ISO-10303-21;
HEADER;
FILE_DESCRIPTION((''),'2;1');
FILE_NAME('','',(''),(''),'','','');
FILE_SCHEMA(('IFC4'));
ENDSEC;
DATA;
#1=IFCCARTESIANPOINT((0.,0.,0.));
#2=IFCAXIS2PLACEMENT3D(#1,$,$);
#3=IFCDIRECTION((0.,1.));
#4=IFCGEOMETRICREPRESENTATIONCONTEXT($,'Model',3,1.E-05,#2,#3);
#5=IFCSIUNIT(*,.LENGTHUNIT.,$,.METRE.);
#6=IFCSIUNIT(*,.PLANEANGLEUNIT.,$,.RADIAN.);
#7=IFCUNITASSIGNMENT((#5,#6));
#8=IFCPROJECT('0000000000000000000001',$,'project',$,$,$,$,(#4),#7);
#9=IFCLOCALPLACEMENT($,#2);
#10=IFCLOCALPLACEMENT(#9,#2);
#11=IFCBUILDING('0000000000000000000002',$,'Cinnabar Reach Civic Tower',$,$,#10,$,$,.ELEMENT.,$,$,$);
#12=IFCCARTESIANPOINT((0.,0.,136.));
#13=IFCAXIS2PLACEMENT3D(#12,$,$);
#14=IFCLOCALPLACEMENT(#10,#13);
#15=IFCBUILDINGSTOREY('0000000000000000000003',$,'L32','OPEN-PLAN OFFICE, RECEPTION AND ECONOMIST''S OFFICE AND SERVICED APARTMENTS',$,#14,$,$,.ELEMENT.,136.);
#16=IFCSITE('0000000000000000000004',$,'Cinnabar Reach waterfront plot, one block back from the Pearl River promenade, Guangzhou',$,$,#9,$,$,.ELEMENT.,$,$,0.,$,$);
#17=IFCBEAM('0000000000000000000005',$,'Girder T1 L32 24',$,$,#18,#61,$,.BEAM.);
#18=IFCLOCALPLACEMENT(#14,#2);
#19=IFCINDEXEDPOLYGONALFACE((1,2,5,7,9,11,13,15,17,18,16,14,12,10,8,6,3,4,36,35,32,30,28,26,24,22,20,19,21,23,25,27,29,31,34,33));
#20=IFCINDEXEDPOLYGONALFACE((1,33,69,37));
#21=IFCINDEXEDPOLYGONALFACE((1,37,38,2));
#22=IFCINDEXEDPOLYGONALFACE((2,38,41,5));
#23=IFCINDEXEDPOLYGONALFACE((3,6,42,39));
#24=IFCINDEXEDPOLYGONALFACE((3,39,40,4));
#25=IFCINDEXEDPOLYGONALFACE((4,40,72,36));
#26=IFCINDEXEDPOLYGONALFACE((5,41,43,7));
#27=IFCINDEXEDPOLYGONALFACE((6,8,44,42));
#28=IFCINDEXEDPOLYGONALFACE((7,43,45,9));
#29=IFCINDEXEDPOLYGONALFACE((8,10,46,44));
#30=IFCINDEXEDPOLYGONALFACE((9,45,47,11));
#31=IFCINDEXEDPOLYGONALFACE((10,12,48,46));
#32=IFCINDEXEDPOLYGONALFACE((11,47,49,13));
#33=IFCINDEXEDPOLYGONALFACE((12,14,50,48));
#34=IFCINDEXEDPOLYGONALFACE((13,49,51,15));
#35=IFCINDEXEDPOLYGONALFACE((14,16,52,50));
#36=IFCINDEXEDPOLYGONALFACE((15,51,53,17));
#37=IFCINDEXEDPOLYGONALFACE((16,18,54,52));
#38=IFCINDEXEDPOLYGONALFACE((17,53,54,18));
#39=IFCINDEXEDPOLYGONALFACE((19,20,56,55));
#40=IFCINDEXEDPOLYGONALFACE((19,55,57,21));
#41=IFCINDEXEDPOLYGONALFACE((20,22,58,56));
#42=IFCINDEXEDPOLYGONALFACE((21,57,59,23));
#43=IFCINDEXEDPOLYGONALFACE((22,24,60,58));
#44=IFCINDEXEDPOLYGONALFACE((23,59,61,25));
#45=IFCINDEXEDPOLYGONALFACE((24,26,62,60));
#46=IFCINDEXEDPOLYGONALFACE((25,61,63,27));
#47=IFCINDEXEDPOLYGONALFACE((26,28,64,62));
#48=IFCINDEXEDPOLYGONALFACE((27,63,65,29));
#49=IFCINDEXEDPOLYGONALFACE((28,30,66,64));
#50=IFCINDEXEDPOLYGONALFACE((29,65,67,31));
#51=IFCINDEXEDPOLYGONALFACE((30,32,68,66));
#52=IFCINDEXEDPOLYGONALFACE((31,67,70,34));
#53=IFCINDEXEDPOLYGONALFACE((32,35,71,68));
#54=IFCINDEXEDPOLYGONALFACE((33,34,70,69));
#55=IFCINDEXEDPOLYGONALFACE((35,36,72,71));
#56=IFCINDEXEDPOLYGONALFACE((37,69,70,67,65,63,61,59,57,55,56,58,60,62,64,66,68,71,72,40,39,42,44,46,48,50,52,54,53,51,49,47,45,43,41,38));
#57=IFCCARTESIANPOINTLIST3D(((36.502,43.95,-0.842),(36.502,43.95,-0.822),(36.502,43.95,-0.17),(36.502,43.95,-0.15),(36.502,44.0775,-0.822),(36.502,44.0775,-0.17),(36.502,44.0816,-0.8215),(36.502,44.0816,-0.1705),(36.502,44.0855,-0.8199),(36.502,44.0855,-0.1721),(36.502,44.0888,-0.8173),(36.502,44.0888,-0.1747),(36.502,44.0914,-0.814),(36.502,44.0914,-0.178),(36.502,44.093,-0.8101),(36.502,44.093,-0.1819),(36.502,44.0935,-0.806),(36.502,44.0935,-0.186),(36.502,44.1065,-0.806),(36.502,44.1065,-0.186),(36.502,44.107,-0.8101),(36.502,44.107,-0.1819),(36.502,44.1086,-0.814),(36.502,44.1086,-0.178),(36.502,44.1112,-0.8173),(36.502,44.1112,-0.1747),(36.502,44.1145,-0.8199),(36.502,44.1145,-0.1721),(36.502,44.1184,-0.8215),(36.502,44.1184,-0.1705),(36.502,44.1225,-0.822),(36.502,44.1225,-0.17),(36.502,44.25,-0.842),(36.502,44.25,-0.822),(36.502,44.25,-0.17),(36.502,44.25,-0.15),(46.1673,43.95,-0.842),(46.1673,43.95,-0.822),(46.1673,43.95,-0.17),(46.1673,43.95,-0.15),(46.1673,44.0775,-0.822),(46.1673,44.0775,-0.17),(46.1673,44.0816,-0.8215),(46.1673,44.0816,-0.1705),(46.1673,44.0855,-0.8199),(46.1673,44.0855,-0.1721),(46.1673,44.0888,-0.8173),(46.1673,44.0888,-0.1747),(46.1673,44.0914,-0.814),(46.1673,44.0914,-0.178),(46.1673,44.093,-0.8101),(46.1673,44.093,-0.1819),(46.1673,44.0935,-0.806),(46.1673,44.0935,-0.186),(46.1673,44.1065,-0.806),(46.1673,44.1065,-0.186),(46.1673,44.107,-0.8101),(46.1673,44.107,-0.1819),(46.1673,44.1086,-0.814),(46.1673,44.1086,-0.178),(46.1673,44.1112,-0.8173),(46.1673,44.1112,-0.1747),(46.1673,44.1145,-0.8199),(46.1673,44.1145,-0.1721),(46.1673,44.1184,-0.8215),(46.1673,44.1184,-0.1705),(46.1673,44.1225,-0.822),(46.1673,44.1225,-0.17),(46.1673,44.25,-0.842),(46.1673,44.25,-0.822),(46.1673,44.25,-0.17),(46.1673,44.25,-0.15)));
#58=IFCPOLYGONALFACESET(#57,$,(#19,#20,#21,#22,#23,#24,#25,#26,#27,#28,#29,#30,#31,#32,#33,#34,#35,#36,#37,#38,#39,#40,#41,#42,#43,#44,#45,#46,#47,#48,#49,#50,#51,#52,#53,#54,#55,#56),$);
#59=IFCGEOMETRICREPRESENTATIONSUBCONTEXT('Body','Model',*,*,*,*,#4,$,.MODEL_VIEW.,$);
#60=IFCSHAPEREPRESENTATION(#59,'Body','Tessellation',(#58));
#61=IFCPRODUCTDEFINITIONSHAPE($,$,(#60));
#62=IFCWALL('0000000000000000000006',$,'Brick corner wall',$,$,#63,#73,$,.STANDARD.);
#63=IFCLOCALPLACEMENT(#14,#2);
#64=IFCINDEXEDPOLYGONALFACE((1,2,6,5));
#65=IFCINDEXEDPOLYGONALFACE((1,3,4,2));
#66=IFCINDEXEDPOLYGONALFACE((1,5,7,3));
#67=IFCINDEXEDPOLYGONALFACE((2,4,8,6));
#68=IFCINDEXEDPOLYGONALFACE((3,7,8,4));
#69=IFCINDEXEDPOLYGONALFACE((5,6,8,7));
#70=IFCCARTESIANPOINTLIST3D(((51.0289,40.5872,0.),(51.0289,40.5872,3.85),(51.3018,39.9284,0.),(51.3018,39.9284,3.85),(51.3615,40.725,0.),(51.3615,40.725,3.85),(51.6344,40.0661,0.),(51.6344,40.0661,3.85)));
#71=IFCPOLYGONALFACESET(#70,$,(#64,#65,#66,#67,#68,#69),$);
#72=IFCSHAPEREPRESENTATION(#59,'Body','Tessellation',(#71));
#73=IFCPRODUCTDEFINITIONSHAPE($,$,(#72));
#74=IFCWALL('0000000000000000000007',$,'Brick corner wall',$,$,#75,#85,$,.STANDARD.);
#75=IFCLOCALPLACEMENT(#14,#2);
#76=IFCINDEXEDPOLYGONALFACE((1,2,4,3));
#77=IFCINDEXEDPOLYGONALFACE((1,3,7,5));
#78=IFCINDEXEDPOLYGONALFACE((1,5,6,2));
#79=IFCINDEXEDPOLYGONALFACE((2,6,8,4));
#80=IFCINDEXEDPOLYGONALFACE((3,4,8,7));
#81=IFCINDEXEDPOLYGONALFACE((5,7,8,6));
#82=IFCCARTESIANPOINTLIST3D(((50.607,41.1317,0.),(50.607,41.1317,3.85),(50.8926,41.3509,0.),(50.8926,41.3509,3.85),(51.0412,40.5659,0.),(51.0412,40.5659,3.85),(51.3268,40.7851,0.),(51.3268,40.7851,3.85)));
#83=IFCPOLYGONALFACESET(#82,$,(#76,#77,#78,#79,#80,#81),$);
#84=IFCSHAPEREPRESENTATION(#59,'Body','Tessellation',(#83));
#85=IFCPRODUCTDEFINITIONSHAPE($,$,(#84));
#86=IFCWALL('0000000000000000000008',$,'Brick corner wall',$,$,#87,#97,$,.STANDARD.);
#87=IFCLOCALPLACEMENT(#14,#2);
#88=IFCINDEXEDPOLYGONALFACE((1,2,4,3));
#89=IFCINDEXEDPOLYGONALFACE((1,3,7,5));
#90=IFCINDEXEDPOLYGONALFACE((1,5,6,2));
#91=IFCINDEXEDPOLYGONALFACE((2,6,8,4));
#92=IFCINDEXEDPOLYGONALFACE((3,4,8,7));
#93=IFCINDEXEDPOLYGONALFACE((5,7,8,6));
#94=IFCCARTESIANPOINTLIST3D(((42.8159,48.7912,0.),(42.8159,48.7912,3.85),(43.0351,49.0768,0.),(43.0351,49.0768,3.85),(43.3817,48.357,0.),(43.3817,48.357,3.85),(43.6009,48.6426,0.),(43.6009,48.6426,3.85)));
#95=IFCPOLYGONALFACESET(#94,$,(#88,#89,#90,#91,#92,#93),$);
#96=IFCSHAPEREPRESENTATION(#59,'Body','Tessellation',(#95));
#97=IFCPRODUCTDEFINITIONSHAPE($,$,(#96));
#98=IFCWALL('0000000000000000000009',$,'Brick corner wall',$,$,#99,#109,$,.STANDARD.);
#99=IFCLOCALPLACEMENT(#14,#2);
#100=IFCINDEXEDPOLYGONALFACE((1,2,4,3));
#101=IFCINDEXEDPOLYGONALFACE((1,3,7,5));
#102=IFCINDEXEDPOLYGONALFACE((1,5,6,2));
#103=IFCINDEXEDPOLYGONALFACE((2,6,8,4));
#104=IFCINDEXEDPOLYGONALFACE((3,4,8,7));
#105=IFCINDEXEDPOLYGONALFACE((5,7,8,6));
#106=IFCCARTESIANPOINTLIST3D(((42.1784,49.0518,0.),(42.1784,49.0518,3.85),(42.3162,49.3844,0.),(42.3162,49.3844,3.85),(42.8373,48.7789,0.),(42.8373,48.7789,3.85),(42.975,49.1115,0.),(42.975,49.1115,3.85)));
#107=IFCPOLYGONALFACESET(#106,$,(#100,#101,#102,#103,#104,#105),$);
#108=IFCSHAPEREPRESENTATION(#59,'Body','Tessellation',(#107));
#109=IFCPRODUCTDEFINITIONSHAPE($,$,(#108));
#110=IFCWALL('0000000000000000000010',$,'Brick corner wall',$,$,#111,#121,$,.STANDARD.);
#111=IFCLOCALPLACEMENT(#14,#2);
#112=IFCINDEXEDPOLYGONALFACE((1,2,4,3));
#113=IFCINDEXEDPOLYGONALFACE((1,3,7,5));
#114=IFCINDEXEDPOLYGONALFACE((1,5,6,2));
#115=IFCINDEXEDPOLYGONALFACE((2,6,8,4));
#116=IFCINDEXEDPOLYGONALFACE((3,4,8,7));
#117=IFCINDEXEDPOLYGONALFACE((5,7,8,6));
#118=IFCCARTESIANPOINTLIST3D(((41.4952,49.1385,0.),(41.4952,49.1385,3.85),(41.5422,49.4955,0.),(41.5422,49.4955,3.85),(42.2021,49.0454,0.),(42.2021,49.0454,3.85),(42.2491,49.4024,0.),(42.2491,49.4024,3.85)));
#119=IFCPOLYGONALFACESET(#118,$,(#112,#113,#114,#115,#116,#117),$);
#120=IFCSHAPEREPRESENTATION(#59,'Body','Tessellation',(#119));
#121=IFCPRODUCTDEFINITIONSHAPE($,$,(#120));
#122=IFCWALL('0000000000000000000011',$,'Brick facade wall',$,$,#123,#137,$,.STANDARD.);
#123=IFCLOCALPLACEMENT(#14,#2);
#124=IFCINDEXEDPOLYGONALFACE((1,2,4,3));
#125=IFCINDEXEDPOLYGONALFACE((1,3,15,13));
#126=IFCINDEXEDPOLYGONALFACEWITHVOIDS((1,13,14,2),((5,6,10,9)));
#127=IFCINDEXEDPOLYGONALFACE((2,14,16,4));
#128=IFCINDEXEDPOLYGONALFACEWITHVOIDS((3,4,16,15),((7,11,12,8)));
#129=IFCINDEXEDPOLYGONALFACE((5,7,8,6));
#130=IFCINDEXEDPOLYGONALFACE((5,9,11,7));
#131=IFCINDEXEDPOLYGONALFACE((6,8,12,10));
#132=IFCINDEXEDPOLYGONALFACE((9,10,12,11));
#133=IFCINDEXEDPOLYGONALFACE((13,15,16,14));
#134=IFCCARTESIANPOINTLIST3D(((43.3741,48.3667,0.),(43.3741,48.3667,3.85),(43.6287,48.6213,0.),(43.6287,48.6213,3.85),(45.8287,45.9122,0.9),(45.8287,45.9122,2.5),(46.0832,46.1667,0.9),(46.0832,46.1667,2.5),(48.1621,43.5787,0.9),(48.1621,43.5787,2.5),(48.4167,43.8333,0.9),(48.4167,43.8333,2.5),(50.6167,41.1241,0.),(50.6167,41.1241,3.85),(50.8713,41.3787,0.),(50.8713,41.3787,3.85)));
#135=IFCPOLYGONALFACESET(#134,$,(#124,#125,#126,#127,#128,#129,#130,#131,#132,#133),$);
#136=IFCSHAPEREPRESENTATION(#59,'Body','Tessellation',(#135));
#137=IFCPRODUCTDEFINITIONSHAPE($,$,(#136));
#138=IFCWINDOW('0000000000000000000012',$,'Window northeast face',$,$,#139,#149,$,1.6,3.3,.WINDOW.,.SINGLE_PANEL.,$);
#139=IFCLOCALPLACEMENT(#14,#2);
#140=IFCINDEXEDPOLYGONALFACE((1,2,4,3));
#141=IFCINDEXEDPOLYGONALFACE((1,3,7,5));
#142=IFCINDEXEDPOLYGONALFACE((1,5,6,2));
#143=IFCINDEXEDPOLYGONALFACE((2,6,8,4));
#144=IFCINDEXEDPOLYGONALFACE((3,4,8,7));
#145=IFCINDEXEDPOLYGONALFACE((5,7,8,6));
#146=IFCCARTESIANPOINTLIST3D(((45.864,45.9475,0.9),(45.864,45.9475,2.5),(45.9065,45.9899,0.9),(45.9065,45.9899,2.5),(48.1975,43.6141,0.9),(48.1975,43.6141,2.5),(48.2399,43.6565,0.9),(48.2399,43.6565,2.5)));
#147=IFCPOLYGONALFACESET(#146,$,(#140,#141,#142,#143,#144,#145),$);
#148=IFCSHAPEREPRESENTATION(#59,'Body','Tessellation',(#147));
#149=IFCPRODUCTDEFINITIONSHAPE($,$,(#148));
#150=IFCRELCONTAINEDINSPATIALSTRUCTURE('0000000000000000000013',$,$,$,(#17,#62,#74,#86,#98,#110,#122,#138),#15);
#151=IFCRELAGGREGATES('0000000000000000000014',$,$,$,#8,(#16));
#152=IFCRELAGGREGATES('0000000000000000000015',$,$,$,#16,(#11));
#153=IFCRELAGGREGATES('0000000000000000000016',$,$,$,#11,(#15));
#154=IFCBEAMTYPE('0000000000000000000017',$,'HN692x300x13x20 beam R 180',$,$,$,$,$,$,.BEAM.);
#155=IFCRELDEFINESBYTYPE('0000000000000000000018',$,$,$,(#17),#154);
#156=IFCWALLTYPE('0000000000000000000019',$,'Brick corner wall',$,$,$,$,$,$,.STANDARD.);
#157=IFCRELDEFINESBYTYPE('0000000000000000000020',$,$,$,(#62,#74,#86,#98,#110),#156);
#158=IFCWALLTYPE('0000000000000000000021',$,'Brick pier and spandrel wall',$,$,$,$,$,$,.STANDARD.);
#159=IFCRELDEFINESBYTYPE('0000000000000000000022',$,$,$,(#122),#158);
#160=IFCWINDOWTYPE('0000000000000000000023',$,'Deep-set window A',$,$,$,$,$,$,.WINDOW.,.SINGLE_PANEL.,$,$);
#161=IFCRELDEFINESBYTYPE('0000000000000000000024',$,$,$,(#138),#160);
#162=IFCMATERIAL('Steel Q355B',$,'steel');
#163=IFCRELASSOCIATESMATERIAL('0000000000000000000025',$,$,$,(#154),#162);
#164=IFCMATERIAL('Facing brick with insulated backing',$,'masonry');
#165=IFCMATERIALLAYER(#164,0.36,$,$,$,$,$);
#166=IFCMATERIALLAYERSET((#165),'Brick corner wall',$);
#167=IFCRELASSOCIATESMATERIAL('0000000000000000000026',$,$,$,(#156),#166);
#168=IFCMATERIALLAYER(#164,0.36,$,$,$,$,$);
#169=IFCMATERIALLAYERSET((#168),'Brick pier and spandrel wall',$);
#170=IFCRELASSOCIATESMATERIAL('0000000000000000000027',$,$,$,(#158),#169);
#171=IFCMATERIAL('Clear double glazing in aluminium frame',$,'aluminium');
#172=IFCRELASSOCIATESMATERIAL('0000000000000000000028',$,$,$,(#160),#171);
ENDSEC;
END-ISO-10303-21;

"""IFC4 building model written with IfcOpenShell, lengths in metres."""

from ifc_helpers import new_model, si_unit, direction, frame, frame_2d, origin, origin_2d, place, context, subcontext, project, spatial, rectangle, i_section, extrude, material, layer, layer_set, material_profile, profile_set, type_object, element, fill, save


model = new_model("IFC4")

# Units and contexts
model_context = context("Model", 3, precision=1e-05, world=origin(), true_north=direction((0.0, 1.0)))
body_context = subcontext(model_context, "Body", "Model", "MODEL_VIEW")
ifc_project = project(units=[si_unit("LENGTHUNIT", "METRE"), si_unit("PLANEANGLEUNIT", "RADIAN")], contexts=[model_context])

# Site, building, storey
site_placement = place(None, origin())
site = spatial("IfcSite", under=ifc_project, at=site_placement, Name="Cinnabar Reach waterfront plot, one block back from the Pearl River promenade, Guangzhou", CompositionType="ELEMENT", RefElevation=0.0)
building_placement = place(site_placement, origin())
building = spatial("IfcBuilding", under=site, at=building_placement, Name="Cinnabar Reach Civic Tower", CompositionType="ELEMENT")
storey_placement = place(building_placement, frame((0.0, 0.0, 136.0)))
storey = spatial("IfcBuildingStorey", under=building, at=storey_placement, Name="L32", Description="OPEN-PLAN OFFICE, RECEPTION AND ECONOMIST'S OFFICE AND SERVICED APARTMENTS", CompositionType="ELEMENT", Elevation=136.0)

# Beam
ifc_material_1 = material(Name="Steel Q355B", Category="steel")
ifc_material_profile_1 = material_profile(ifc_material_1, i_section(OverallWidth=0.3, OverallDepth=0.692, WebThickness=0.013, FlangeThickness=0.02, FilletRadius=0.016, at=origin_2d()), Name="HN692x300x13x20")
ifc_profile_set_1 = profile_set([ifc_material_profile_1], Name="Steel Q355B")
beam_type_1 = type_object("IfcBeamType", Name="HN692x300x13x20 beam R 180", PredefinedType="BEAM", material=ifc_profile_set_1)
beam_1_placement = place(storey_placement, frame((36.502, 44.1, -0.496), z_axis=(1.0, 0.0, 0.0), x_axis=(0.0, 1.0, 0.0)))
element("IfcBeam", 1, at=beam_1_placement, inside=storey, type_object=beam_type_1, Name="Girder T1 L32 24", PredefinedType="BEAM", context=body_context, shape_type="SweptSolid", body=[
    extrude(i_section(OverallWidth=0.3, OverallDepth=0.692, WebThickness=0.013, FlangeThickness=0.02, FilletRadius=0.016, at=origin_2d()), origin(), (0.0, 0.0, 1.0), 9.6653),
])

# Walls
ifc_material_2 = material(Name="Facing brick with insulated backing", Category="masonry")
ifc_layer_1 = layer(ifc_material_2, 0.36)
ifc_layer_set_1 = layer_set([ifc_layer_1], Name="Brick corner wall")
wall_type_1 = type_object("IfcWallType", Name="Brick corner wall", PredefinedType="STANDARD", material=ifc_layer_set_1)
wall_1_placement = place(storey_placement, frame((51.4681, 39.9973, 0.0), z_axis=(0.0, 0.0, 1.0), x_axis=(-0.382703, 0.923872, 0.0)))
element("IfcWall", 2, at=wall_1_placement, inside=storey, type_object=wall_type_1, Name="Brick corner wall", PredefinedType="STANDARD", context=body_context, shape_type="SweptSolid", body=[
    extrude(rectangle(XDim=0.7131, YDim=0.36, at=frame_2d((0.3565, 0.0))), origin(), (0.0, 0.0, 1.0), 3.85),
])
for number, where, z_axis, x_axis, name in (
    (3, (51.184, 40.6755, 0.0), (0.0, 0.0, 1.0), (-0.608802, 0.793322, 0.0), "Brick corner wall"),
    (4, (43.4913, 48.4998, 0.0), (0.0, 0.0, 1.0), (-0.793322, 0.608802, 0.0), "Brick corner wall"),
):
    element("IfcWall", number, at=place(storey_placement, frame(where, z_axis=z_axis, x_axis=x_axis)), inside=storey, type_object=wall_type_1, Name=name, PredefinedType="STANDARD", context=body_context, shape_type="SweptSolid", body=[
        extrude(rectangle(XDim=0.7132, YDim=0.36, at=frame_2d((0.3566, 0.0))), origin(), (0.0, 0.0, 1.0), 3.85),
    ])
for number, where, z_axis, x_axis, name in (
    (5, (42.9061, 48.9452, 0.0), (0.0, 0.0, 1.0), (-0.923872, 0.382703, 0.0), "Brick corner wall"),
    (6, (42.2256, 49.2239, 0.0), (0.0, 0.0, 1.0), (-0.991441, 0.130556, 0.0), "Brick corner wall"),
):
    element("IfcWall", number, at=place(storey_placement, frame(where, z_axis=z_axis, x_axis=x_axis)), inside=storey, type_object=wall_type_1, Name=name, PredefinedType="STANDARD", context=body_context, shape_type="SweptSolid", body=[
        extrude(rectangle(XDim=0.7131, YDim=0.36, at=frame_2d((0.3565, 0.0))), origin(), (0.0, 0.0, 1.0), 3.85),
    ])

# Wall, opening, window
ifc_layer_2 = layer(ifc_material_2, 0.36)
ifc_layer_set_2 = layer_set([ifc_layer_2], Name="Brick pier and spandrel wall")
wall_type_2 = type_object("IfcWallType", Name="Brick pier and spandrel wall", PredefinedType="STANDARD", material=ifc_layer_set_2)
wall_2_placement = place(storey_placement, frame((50.744, 41.2514, 0.0), z_axis=(0.0, 0.0, 1.0), x_axis=(-0.707107, 0.707107, 0.0)))
wall_2 = element("IfcWall", 7, at=wall_2_placement, inside=storey, type_object=wall_type_2, Name="Brick facade wall", PredefinedType="STANDARD", context=body_context, shape_type="SweptSolid", body=[
    extrude(rectangle(XDim=10.2426, YDim=0.36, at=frame_2d((5.1213, 0.0))), origin(), (0.0, 0.0, 1.0), 3.85),
])
opening_1_placement = place(wall_2_placement, frame((3.4713, 0.0, 0.9)))
opening_1 = element("IfcOpeningElement", 8, at=opening_1_placement, cuts=wall_2, PredefinedType="OPENING", context=body_context, shape_type="SweptSolid", body=[
    extrude(rectangle(XDim=3.3, YDim=1.6, at=frame_2d((1.65, 0.8))), frame((0.0, 0.19, 0.0), z_axis=(0.0, -1.0, 0.0), x_axis=(1.0, 0.0, 0.0)), (0.0, 0.0, 1.0), 0.38),
])
ifc_material_3 = material(Name="Clear double glazing in aluminium frame", Category="aluminium")
window_type_1 = type_object("IfcWindowType", Name="Deep-set window A", PartitioningType="SINGLE_PANEL", PredefinedType="WINDOW", material=ifc_material_3)
window_1_placement = place(opening_1_placement, origin())
window_1 = element("IfcWindow", 9, at=window_1_placement, inside=storey, type_object=window_type_1, Name="Window northeast face", OverallHeight=1.6, OverallWidth=3.3, PartitioningType="SINGLE_PANEL", PredefinedType="WINDOW", context=body_context, shape_type="SweptSolid", body=[
    extrude(rectangle(XDim=3.3, YDim=1.6, at=frame_2d((1.65, 0.8))), frame((0.0, 0.13, 0.0), z_axis=(0.0, -1.0, 0.0), x_axis=(1.0, 0.0, 0.0)), (0.0, 0.0, 1.0), 0.06),
])
fill(opening_1, window_1)

save(model, "model.ifc")
